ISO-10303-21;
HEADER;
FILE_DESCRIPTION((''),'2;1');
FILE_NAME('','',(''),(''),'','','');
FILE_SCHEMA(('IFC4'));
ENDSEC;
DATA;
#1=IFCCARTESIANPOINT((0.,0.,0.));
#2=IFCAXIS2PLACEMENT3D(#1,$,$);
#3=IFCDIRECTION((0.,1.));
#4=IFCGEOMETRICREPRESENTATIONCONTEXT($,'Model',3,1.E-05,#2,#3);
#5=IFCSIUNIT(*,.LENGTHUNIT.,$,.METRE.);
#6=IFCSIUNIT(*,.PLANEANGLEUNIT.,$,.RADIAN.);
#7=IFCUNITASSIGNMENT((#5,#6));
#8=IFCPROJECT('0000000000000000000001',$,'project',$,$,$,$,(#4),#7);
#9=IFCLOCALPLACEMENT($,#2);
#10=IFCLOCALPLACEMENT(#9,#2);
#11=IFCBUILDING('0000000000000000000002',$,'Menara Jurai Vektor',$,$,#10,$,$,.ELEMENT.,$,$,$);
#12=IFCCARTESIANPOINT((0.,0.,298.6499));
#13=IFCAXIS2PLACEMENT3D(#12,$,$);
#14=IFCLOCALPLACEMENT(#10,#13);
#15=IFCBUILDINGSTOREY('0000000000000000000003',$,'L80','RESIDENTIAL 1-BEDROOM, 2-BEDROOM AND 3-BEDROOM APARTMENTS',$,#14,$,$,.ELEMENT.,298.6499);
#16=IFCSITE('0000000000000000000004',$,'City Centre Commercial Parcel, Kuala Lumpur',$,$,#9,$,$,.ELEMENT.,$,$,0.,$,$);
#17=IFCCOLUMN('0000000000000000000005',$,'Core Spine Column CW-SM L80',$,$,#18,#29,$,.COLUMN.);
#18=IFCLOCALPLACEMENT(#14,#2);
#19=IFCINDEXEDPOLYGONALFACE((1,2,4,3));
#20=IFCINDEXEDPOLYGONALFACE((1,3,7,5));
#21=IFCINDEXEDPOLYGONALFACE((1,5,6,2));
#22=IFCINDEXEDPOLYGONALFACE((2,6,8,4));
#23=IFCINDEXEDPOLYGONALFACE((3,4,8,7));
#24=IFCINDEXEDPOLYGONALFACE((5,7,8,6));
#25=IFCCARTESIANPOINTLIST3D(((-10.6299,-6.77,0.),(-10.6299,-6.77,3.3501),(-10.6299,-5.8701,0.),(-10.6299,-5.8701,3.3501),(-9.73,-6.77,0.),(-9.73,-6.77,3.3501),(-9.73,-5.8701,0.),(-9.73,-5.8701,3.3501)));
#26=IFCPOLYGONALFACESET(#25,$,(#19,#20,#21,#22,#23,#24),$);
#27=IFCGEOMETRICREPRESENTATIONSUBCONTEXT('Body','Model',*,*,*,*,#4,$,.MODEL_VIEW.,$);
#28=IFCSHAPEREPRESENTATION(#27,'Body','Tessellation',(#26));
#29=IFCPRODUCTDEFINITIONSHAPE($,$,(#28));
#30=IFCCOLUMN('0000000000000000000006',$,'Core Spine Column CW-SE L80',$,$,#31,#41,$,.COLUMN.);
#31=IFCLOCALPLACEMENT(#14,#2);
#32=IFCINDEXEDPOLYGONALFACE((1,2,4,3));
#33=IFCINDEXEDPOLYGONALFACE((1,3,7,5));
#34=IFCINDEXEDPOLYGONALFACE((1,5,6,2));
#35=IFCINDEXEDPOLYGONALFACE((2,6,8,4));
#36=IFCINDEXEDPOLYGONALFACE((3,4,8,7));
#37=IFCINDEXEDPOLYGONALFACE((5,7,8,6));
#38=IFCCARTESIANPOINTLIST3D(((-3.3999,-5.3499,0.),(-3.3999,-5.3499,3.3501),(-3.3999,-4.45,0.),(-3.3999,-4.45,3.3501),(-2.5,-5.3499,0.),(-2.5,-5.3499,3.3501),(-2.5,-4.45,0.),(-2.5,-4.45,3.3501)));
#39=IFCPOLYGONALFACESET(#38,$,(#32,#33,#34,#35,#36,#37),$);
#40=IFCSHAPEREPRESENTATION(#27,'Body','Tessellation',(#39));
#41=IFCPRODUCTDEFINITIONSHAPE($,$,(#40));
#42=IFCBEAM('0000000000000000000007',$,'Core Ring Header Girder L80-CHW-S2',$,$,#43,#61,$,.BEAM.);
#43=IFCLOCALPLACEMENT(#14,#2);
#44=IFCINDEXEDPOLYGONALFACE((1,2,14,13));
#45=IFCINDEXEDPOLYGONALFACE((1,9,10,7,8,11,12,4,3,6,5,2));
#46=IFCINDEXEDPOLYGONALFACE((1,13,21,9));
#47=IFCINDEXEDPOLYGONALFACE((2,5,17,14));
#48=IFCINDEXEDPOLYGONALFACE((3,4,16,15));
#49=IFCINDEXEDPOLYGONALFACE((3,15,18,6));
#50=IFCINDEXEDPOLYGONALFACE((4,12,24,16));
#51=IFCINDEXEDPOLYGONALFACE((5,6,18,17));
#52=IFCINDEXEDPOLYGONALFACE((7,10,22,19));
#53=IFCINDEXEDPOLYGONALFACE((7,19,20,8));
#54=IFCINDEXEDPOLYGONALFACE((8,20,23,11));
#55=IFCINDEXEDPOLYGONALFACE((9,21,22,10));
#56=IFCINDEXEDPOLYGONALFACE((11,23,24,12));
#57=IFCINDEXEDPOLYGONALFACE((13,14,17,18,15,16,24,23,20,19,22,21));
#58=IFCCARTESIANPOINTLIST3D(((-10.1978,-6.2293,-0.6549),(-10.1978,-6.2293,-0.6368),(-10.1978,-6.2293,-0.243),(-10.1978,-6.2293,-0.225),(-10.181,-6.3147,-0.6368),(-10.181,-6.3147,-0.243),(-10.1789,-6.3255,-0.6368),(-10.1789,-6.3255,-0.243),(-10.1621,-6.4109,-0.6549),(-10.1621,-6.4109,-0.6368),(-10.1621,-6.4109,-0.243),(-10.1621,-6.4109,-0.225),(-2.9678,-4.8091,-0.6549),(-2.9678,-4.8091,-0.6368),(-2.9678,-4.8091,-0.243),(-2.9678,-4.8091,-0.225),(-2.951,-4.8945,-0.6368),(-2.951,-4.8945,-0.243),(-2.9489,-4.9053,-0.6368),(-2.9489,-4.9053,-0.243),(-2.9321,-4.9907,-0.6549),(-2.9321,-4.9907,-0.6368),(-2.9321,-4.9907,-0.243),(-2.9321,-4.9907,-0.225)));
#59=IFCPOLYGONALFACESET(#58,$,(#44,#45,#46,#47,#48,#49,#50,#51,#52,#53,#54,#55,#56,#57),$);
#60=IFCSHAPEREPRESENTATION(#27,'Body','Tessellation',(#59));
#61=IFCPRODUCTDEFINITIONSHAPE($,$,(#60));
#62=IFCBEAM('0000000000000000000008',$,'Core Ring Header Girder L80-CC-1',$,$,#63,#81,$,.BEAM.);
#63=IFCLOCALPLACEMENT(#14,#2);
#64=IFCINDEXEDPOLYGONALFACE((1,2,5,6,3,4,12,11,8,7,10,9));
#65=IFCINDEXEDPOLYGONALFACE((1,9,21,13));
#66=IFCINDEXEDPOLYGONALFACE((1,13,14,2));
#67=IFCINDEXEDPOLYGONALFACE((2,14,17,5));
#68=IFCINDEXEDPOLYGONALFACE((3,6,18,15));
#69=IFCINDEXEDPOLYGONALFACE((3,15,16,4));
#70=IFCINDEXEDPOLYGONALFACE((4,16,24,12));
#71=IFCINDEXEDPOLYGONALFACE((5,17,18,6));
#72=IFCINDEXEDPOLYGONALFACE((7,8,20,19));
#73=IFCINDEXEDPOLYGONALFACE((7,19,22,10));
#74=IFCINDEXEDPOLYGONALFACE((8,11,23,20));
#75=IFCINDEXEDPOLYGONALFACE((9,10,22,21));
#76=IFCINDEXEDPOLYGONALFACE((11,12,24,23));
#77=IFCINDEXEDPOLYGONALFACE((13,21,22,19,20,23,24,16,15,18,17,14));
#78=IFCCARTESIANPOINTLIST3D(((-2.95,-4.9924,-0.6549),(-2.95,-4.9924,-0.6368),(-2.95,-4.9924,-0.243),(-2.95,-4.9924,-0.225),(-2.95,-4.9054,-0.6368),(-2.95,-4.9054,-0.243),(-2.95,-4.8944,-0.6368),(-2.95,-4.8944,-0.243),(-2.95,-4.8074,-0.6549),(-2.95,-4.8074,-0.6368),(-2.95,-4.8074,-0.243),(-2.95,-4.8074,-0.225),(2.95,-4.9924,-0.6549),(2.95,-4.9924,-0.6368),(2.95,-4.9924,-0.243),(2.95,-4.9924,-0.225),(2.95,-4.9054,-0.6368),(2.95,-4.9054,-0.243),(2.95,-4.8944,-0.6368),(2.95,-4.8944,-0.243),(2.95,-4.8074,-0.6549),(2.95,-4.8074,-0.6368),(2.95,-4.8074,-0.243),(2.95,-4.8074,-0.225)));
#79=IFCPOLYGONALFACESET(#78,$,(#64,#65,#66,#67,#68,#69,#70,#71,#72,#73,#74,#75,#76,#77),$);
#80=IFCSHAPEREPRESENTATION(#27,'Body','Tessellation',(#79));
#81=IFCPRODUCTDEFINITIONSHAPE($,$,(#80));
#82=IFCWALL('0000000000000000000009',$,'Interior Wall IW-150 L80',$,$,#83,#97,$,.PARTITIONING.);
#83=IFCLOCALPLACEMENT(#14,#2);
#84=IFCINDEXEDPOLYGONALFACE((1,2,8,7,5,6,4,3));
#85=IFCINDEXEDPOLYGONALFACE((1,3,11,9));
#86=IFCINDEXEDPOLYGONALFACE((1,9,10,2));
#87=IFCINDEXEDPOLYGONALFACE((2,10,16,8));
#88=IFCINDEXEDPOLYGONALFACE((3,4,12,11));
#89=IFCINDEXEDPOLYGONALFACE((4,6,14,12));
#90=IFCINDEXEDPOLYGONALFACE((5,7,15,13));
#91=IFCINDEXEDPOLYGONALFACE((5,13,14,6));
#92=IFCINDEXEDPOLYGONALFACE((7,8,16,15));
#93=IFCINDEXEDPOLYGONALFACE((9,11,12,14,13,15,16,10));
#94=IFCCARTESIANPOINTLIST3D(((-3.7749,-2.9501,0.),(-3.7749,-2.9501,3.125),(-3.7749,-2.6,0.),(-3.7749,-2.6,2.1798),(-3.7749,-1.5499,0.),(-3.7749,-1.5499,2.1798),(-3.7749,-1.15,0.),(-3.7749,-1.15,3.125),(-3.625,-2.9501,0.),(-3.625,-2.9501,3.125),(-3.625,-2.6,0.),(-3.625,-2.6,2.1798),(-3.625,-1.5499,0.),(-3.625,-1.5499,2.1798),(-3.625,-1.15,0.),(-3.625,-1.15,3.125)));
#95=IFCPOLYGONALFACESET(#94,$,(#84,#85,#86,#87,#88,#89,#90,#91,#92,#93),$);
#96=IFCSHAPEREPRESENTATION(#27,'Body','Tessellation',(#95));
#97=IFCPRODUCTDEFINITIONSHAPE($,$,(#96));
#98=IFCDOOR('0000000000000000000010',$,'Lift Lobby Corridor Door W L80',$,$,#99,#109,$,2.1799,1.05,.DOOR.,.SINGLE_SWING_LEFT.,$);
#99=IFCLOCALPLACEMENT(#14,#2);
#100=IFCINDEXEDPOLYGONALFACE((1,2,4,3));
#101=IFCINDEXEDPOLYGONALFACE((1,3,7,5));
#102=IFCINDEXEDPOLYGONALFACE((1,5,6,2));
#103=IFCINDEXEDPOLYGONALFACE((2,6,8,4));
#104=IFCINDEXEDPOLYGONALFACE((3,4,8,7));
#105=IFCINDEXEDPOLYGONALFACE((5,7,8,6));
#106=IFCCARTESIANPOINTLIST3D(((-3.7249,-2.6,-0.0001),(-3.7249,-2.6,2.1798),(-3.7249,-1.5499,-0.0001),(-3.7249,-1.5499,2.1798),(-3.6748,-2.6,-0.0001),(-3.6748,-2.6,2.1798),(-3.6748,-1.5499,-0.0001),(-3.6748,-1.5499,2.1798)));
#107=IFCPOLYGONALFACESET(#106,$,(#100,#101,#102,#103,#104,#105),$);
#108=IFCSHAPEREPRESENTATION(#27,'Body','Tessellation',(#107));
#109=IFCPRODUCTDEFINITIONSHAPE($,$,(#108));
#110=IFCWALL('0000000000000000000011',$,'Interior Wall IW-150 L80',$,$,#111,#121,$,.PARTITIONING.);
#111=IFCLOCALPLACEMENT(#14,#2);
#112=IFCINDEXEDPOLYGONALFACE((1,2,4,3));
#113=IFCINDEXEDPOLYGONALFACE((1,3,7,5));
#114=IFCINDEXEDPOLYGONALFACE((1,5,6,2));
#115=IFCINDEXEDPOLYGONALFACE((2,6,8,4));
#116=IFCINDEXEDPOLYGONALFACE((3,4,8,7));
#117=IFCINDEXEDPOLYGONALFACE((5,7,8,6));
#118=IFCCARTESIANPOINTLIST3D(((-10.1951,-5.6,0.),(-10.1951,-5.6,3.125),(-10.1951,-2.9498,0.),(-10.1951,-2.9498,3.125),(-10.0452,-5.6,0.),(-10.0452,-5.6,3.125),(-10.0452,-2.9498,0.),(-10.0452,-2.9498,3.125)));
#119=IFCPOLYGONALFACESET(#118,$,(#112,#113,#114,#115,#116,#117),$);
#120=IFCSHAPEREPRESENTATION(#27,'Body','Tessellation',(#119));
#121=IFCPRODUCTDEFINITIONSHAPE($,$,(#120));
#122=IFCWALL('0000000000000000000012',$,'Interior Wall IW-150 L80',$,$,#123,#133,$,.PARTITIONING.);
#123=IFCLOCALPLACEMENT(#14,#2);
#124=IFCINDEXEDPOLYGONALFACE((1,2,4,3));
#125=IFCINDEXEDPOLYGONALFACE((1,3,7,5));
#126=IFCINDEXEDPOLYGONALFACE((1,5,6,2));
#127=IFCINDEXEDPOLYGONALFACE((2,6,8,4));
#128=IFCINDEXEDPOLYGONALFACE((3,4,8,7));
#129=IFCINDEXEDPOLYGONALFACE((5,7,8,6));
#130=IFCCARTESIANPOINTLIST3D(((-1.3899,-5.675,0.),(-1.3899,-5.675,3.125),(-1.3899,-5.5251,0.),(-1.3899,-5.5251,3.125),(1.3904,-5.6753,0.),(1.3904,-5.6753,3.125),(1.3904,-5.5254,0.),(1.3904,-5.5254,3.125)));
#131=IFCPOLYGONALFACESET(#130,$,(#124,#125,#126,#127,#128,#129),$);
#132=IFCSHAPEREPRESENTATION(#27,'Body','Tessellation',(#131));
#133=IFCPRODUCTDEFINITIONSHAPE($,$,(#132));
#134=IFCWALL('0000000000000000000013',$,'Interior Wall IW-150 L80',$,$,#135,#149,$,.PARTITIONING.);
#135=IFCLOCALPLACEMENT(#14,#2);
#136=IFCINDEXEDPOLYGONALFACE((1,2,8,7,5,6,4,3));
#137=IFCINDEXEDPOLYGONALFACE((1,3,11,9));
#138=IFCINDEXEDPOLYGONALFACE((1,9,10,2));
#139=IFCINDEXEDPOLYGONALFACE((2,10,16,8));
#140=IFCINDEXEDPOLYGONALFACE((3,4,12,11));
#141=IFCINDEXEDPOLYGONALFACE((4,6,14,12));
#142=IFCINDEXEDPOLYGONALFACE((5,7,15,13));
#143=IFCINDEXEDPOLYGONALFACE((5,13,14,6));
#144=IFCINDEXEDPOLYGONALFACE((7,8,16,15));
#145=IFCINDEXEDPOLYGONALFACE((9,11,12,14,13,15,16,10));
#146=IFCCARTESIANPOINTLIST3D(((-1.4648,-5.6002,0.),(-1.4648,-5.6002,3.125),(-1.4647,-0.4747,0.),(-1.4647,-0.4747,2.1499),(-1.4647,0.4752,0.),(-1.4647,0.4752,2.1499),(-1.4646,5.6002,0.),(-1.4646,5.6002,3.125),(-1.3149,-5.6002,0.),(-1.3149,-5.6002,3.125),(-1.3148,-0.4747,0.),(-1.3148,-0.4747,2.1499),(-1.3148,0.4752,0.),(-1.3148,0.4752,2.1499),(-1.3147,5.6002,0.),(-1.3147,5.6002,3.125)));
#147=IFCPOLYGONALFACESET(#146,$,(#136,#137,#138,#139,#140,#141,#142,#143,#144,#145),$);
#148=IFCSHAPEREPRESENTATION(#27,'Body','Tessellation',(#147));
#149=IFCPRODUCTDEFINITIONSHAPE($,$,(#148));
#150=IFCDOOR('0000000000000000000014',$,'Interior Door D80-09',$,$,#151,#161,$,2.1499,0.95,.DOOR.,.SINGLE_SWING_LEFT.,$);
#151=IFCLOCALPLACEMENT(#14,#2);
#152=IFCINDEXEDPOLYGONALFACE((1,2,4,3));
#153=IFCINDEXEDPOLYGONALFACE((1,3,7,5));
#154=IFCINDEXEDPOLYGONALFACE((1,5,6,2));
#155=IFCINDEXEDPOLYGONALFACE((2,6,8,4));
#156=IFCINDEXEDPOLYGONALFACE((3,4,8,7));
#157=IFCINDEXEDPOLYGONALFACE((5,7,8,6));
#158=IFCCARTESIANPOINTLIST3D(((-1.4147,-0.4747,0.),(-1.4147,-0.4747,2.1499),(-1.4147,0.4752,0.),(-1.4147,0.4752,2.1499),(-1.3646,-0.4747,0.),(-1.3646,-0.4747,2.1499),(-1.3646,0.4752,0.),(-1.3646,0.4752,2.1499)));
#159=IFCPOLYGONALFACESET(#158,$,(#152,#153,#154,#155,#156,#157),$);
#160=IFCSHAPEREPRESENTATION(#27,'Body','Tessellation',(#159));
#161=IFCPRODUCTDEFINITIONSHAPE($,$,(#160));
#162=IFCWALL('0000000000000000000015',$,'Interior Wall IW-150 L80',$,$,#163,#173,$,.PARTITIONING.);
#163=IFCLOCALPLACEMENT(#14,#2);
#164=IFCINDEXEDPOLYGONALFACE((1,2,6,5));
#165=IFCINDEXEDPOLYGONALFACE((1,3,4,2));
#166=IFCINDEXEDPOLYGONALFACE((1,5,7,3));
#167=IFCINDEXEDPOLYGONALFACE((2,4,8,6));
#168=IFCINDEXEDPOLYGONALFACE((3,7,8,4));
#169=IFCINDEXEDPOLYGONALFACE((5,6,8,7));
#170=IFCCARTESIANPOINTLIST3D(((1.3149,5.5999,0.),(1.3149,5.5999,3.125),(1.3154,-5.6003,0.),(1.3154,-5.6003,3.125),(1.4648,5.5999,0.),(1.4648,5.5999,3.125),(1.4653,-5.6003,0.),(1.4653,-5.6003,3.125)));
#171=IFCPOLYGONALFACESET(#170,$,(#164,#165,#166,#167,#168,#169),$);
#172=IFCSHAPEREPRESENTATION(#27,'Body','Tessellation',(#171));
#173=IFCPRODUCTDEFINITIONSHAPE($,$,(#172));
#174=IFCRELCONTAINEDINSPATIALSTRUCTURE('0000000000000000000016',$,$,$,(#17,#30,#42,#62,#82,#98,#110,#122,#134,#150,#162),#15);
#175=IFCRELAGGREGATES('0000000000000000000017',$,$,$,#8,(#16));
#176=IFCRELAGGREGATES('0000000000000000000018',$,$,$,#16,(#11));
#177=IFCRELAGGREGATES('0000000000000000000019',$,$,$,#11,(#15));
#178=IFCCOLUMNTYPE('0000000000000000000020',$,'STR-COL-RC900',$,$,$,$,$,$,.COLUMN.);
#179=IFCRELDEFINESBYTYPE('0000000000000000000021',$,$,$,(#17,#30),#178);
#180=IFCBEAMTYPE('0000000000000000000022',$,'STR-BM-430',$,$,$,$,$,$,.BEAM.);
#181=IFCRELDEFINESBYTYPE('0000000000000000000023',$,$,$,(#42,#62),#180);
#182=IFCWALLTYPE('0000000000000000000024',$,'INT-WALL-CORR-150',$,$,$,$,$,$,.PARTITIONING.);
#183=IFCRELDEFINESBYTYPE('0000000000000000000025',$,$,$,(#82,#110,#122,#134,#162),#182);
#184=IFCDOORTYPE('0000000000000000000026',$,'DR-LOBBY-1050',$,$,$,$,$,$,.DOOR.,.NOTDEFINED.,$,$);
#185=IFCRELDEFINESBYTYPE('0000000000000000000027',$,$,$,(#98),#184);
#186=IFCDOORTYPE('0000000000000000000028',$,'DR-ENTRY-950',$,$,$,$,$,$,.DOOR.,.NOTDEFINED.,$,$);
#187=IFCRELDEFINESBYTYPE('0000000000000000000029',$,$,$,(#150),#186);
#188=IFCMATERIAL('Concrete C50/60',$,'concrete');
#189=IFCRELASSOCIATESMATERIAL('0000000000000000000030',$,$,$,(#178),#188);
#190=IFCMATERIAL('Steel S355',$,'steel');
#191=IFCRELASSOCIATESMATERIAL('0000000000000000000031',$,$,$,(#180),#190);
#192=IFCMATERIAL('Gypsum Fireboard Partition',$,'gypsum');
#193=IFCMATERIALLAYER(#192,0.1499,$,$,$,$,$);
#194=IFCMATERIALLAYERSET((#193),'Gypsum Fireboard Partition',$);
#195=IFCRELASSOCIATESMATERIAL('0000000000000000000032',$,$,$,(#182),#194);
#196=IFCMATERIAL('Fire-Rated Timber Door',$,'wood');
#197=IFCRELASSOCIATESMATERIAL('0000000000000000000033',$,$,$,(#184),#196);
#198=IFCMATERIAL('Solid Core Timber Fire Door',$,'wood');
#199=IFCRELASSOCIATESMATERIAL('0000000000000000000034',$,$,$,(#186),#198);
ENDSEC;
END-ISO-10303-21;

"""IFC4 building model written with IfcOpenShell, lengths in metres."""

from ifc_helpers import new_model, si_unit, direction, frame, frame_2d, origin, origin_2d, place, context, subcontext, project, spatial, rectangle, i_section, extrude, material, layer, layer_set, material_profile, profile_set, type_object, element, fill, save


model = new_model("IFC4")

# Units and contexts
model_context = context("Model", 3, precision=1e-05, world=origin(), true_north=direction((0.0, 1.0)))
body_context = subcontext(model_context, "Body", "Model", "MODEL_VIEW")
ifc_project = project(units=[si_unit("LENGTHUNIT", "METRE"), si_unit("PLANEANGLEUNIT", "RADIAN")], contexts=[model_context])

# Site, building, storey
site_placement = place(None, origin())
site = spatial("IfcSite", under=ifc_project, at=site_placement, Name="City Centre Commercial Parcel, Kuala Lumpur", CompositionType="ELEMENT", RefElevation=0.0)
building_placement = place(site_placement, origin())
building = spatial("IfcBuilding", under=site, at=building_placement, Name="Menara Jurai Vektor", CompositionType="ELEMENT")
storey_placement = place(building_placement, frame((0.0, 0.0, 298.6499)))
storey = spatial("IfcBuildingStorey", under=building, at=storey_placement, Name="L80", Description="RESIDENTIAL 1-BEDROOM, 2-BEDROOM AND 3-BEDROOM APARTMENTS", CompositionType="ELEMENT", Elevation=298.6499)

# Columns
ifc_material_1 = material(Name="Concrete C50/60", Category="concrete")
ifc_material_profile_1 = material_profile(ifc_material_1, rectangle(XDim=0.8999, YDim=0.8999, at=origin_2d()), Name="RC 900x900")
ifc_profile_set_1 = profile_set([ifc_material_profile_1], Name="Concrete C50/60")
column_type = type_object("IfcColumnType", Name="STR-COL-RC900", PredefinedType="COLUMN", material=ifc_profile_set_1)
for number, where, z_axis, x_axis, name in (
    (1, (-10.1799, -6.3201, 0.0), (0.0, 0.0, 1.0), (1.0, 0.0, 0.0), "Core Spine Column CW-SM L80"),
    (2, (-2.95, -4.8999, 0.0), (0.0, 0.0, 1.0), (1.0, 0.0, 0.0), "Core Spine Column CW-SE L80"),
):
    element("IfcColumn", number, at=place(storey_placement, frame(where, z_axis=z_axis, x_axis=x_axis)), inside=storey, type_object=column_type, Name=name, PredefinedType="COLUMN", context=body_context, shape_type="SweptSolid", body=[
        extrude(rectangle(XDim=0.8999, YDim=0.8999, at=origin_2d()), origin(), (0.0, 0.0, 1.0), 3.3501),
    ])

# Beams
ifc_material_2 = material(Name="Steel S355", Category="steel")
ifc_material_profile_2 = material_profile(ifc_material_2, i_section(OverallWidth=0.1851, OverallDepth=0.4299, WebThickness=0.011, FlangeThickness=0.0181, at=origin_2d()), Name="PG 430x185x76")
ifc_profile_set_2 = profile_set([ifc_material_profile_2], Name="Steel S355")
beam_type = type_object("IfcBeamType", Name="STR-BM-430", PredefinedType="BEAM", material=ifc_profile_set_2)
beam_1_placement = place(storey_placement, frame((-10.1799, -6.3201, -0.4399), z_axis=(0.981249, 0.192744, 0.0), x_axis=(-0.192744, 0.981249, 0.0)))
element("IfcBeam", 3, at=beam_1_placement, inside=storey, type_object=beam_type, Name="Core Ring Header Girder L80-CHW-S2", PredefinedType="BEAM", context=body_context, shape_type="SweptSolid", body=[
    extrude(i_section(OverallWidth=0.1851, OverallDepth=0.4299, WebThickness=0.011, FlangeThickness=0.0181, at=origin_2d()), origin(), (0.0, 0.0, 1.0), 7.3682),
])
beam_2_placement = place(storey_placement, frame((-2.95, -4.8999, -0.4399), z_axis=(1.0, 0.0, 0.0), x_axis=(0.0, 1.0, 0.0)))
element("IfcBeam", 4, at=beam_2_placement, inside=storey, type_object=beam_type, Name="Core Ring Header Girder L80-CC-1", PredefinedType="BEAM", context=body_context, shape_type="SweptSolid", body=[
    extrude(i_section(OverallWidth=0.1851, OverallDepth=0.4299, WebThickness=0.011, FlangeThickness=0.0181, at=origin_2d()), origin(), (0.0, 0.0, 1.0), 5.8999),
])

# Wall, opening, door
ifc_material_3 = material(Name="Gypsum Fireboard Partition", Category="gypsum")
ifc_layer_1 = layer(ifc_material_3, 0.1499)
ifc_layer_set_1 = layer_set([ifc_layer_1], Name="Gypsum Fireboard Partition")
wall_type_1 = type_object("IfcWallType", Name="INT-WALL-CORR-150", PredefinedType="PARTITIONING", material=ifc_layer_set_1)
wall_1_placement = place(storey_placement, frame((-3.7, -2.95, 0.0), z_axis=(0.0, 0.0, 1.0), x_axis=(0.0, 1.0, 0.0)))
wall_1 = element("IfcWall", 5, at=wall_1_placement, inside=storey, type_object=wall_type_1, Name="Interior Wall IW-150 L80", PredefinedType="PARTITIONING", context=body_context, shape_type="SweptSolid", body=[
    extrude(rectangle(XDim=1.8, YDim=0.1499, at=frame_2d((0.8999, 0.0))), origin(), (0.0, 0.0, 1.0), 3.125),
])
opening_1_placement = place(wall_1_placement, frame((0.3501, 0.0, 0.0)))
opening_1 = element("IfcOpeningElement", 6, at=opening_1_placement, cuts=wall_1, PredefinedType="OPENING", context=body_context, shape_type="SweptSolid", body=[
    extrude(rectangle(XDim=1.05, YDim=2.1799, at=frame_2d((0.5249, 1.0898))), frame((0.0, 0.085, 0.0), z_axis=(0.0, -1.0, 0.0), x_axis=(1.0, 0.0, 0.0)), (0.0, 0.0, 1.0), 0.1699),
])
ifc_material_4 = material(Name="Fire-Rated Timber Door", Category="wood")
door_type_1 = type_object("IfcDoorType", Name="DR-LOBBY-1050", OperationType="NOTDEFINED", PredefinedType="DOOR", material=ifc_material_4)
door_1_placement = place(opening_1_placement, origin())
door_1 = element("IfcDoor", 7, at=door_1_placement, inside=storey, type_object=door_type_1, Name="Lift Lobby Corridor Door W L80", OperationType="SINGLE_SWING_LEFT", OverallHeight=2.1799, OverallWidth=1.05, PredefinedType="DOOR", context=body_context, shape_type="SweptSolid", body=[
    extrude(rectangle(XDim=1.05, YDim=2.1799, at=frame_2d((0.5249, 1.0898))), frame((0.0, 0.0249, 0.0), z_axis=(0.0, -1.0, 0.0), x_axis=(1.0, 0.0, 0.0)), (0.0, 0.0, 1.0), 0.05),
])
fill(opening_1, door_1)

# Walls
wall_2_placement = place(storey_placement, frame((-10.1201, -5.6001, 0.0), z_axis=(0.0, 0.0, 1.0), x_axis=(0.0, 1.0, 0.0)))
element("IfcWall", 8, at=wall_2_placement, inside=storey, type_object=wall_type_1, Name="Interior Wall IW-150 L80", PredefinedType="PARTITIONING", context=body_context, shape_type="SweptSolid", body=[
    extrude(rectangle(XDim=2.6501, YDim=0.1499, at=frame_2d((1.3252, 0.0))), origin(), (0.0, 0.0, 1.0), 3.125),
])
wall_3_placement = place(storey_placement, frame((-1.3899, -5.6001, 0.0), z_axis=(0.0, 0.0, 1.0), x_axis=(1.0, -0.000088, 0.0)))
element("IfcWall", 9, at=wall_3_placement, inside=storey, type_object=wall_type_1, Name="Interior Wall IW-150 L80", PredefinedType="PARTITIONING", context=body_context, shape_type="SweptSolid", body=[
    extrude(rectangle(XDim=2.7803, YDim=0.1499, at=frame_2d((1.3901, 0.0))), origin(), (0.0, 0.0, 1.0), 3.125),
])

# Wall, opening, door
wall_4_placement = place(storey_placement, frame((-1.3899, -5.6001, 0.0), z_axis=(0.0, 0.0, 1.0), x_axis=(0.000022, 1.0, 0.0)))
wall_4 = element("IfcWall", 10, at=wall_4_placement, inside=storey, type_object=wall_type_1, Name="Interior Wall IW-150 L80", PredefinedType="PARTITIONING", context=body_context, shape_type="SweptSolid", body=[
    extrude(rectangle(XDim=11.2004, YDim=0.1499, at=frame_2d((5.6001, 0.0))), origin(), (0.0, 0.0, 1.0), 3.125),
])
opening_2_placement = place(wall_4_placement, frame((5.1252, 0.0, 0.0)))
opening_2 = element("IfcOpeningElement", 11, at=opening_2_placement, cuts=wall_4, PredefinedType="OPENING", context=body_context, shape_type="SweptSolid", body=[
    extrude(rectangle(XDim=0.95, YDim=2.1499, at=frame_2d((0.4751, 1.075))), frame((0.0, 0.085, 0.0), z_axis=(0.0, -1.0, 0.0), x_axis=(1.0, 0.0, 0.0)), (0.0, 0.0, 1.0), 0.1699),
])
ifc_material_5 = material(Name="Solid Core Timber Fire Door", Category="wood")
door_type_2 = type_object("IfcDoorType", Name="DR-ENTRY-950", OperationType="NOTDEFINED", PredefinedType="DOOR", material=ifc_material_5)
door_2_placement = place(opening_2_placement, origin())
door_2 = element("IfcDoor", 12, at=door_2_placement, inside=storey, type_object=door_type_2, Name="Interior Door D80-09", OperationType="SINGLE_SWING_LEFT", OverallHeight=2.1499, OverallWidth=0.95, PredefinedType="DOOR", context=body_context, shape_type="SweptSolid", body=[
    extrude(rectangle(XDim=0.95, YDim=2.1499, at=frame_2d((0.4751, 1.075))), frame((0.0, 0.0249, 0.0), z_axis=(0.0, -1.0, 0.0), x_axis=(1.0, 0.0, 0.0)), (0.0, 0.0, 1.0), 0.05),
])
fill(opening_2, door_2)

# Wall
wall_5_placement = place(storey_placement, frame((1.3904, -5.6003, 0.0), z_axis=(0.0, 0.0, 1.0), x_axis=(-0.000044, 1.0, 0.0)))
element("IfcWall", 13, at=wall_5_placement, inside=storey, type_object=wall_type_1, Name="Interior Wall IW-150 L80", PredefinedType="PARTITIONING", context=body_context, shape_type="SweptSolid", body=[
    extrude(rectangle(XDim=11.2002, YDim=0.1499, at=frame_2d((5.6001, 0.0))), origin(), (0.0, 0.0, 1.0), 3.125),
])

save(model, "model.ifc")
